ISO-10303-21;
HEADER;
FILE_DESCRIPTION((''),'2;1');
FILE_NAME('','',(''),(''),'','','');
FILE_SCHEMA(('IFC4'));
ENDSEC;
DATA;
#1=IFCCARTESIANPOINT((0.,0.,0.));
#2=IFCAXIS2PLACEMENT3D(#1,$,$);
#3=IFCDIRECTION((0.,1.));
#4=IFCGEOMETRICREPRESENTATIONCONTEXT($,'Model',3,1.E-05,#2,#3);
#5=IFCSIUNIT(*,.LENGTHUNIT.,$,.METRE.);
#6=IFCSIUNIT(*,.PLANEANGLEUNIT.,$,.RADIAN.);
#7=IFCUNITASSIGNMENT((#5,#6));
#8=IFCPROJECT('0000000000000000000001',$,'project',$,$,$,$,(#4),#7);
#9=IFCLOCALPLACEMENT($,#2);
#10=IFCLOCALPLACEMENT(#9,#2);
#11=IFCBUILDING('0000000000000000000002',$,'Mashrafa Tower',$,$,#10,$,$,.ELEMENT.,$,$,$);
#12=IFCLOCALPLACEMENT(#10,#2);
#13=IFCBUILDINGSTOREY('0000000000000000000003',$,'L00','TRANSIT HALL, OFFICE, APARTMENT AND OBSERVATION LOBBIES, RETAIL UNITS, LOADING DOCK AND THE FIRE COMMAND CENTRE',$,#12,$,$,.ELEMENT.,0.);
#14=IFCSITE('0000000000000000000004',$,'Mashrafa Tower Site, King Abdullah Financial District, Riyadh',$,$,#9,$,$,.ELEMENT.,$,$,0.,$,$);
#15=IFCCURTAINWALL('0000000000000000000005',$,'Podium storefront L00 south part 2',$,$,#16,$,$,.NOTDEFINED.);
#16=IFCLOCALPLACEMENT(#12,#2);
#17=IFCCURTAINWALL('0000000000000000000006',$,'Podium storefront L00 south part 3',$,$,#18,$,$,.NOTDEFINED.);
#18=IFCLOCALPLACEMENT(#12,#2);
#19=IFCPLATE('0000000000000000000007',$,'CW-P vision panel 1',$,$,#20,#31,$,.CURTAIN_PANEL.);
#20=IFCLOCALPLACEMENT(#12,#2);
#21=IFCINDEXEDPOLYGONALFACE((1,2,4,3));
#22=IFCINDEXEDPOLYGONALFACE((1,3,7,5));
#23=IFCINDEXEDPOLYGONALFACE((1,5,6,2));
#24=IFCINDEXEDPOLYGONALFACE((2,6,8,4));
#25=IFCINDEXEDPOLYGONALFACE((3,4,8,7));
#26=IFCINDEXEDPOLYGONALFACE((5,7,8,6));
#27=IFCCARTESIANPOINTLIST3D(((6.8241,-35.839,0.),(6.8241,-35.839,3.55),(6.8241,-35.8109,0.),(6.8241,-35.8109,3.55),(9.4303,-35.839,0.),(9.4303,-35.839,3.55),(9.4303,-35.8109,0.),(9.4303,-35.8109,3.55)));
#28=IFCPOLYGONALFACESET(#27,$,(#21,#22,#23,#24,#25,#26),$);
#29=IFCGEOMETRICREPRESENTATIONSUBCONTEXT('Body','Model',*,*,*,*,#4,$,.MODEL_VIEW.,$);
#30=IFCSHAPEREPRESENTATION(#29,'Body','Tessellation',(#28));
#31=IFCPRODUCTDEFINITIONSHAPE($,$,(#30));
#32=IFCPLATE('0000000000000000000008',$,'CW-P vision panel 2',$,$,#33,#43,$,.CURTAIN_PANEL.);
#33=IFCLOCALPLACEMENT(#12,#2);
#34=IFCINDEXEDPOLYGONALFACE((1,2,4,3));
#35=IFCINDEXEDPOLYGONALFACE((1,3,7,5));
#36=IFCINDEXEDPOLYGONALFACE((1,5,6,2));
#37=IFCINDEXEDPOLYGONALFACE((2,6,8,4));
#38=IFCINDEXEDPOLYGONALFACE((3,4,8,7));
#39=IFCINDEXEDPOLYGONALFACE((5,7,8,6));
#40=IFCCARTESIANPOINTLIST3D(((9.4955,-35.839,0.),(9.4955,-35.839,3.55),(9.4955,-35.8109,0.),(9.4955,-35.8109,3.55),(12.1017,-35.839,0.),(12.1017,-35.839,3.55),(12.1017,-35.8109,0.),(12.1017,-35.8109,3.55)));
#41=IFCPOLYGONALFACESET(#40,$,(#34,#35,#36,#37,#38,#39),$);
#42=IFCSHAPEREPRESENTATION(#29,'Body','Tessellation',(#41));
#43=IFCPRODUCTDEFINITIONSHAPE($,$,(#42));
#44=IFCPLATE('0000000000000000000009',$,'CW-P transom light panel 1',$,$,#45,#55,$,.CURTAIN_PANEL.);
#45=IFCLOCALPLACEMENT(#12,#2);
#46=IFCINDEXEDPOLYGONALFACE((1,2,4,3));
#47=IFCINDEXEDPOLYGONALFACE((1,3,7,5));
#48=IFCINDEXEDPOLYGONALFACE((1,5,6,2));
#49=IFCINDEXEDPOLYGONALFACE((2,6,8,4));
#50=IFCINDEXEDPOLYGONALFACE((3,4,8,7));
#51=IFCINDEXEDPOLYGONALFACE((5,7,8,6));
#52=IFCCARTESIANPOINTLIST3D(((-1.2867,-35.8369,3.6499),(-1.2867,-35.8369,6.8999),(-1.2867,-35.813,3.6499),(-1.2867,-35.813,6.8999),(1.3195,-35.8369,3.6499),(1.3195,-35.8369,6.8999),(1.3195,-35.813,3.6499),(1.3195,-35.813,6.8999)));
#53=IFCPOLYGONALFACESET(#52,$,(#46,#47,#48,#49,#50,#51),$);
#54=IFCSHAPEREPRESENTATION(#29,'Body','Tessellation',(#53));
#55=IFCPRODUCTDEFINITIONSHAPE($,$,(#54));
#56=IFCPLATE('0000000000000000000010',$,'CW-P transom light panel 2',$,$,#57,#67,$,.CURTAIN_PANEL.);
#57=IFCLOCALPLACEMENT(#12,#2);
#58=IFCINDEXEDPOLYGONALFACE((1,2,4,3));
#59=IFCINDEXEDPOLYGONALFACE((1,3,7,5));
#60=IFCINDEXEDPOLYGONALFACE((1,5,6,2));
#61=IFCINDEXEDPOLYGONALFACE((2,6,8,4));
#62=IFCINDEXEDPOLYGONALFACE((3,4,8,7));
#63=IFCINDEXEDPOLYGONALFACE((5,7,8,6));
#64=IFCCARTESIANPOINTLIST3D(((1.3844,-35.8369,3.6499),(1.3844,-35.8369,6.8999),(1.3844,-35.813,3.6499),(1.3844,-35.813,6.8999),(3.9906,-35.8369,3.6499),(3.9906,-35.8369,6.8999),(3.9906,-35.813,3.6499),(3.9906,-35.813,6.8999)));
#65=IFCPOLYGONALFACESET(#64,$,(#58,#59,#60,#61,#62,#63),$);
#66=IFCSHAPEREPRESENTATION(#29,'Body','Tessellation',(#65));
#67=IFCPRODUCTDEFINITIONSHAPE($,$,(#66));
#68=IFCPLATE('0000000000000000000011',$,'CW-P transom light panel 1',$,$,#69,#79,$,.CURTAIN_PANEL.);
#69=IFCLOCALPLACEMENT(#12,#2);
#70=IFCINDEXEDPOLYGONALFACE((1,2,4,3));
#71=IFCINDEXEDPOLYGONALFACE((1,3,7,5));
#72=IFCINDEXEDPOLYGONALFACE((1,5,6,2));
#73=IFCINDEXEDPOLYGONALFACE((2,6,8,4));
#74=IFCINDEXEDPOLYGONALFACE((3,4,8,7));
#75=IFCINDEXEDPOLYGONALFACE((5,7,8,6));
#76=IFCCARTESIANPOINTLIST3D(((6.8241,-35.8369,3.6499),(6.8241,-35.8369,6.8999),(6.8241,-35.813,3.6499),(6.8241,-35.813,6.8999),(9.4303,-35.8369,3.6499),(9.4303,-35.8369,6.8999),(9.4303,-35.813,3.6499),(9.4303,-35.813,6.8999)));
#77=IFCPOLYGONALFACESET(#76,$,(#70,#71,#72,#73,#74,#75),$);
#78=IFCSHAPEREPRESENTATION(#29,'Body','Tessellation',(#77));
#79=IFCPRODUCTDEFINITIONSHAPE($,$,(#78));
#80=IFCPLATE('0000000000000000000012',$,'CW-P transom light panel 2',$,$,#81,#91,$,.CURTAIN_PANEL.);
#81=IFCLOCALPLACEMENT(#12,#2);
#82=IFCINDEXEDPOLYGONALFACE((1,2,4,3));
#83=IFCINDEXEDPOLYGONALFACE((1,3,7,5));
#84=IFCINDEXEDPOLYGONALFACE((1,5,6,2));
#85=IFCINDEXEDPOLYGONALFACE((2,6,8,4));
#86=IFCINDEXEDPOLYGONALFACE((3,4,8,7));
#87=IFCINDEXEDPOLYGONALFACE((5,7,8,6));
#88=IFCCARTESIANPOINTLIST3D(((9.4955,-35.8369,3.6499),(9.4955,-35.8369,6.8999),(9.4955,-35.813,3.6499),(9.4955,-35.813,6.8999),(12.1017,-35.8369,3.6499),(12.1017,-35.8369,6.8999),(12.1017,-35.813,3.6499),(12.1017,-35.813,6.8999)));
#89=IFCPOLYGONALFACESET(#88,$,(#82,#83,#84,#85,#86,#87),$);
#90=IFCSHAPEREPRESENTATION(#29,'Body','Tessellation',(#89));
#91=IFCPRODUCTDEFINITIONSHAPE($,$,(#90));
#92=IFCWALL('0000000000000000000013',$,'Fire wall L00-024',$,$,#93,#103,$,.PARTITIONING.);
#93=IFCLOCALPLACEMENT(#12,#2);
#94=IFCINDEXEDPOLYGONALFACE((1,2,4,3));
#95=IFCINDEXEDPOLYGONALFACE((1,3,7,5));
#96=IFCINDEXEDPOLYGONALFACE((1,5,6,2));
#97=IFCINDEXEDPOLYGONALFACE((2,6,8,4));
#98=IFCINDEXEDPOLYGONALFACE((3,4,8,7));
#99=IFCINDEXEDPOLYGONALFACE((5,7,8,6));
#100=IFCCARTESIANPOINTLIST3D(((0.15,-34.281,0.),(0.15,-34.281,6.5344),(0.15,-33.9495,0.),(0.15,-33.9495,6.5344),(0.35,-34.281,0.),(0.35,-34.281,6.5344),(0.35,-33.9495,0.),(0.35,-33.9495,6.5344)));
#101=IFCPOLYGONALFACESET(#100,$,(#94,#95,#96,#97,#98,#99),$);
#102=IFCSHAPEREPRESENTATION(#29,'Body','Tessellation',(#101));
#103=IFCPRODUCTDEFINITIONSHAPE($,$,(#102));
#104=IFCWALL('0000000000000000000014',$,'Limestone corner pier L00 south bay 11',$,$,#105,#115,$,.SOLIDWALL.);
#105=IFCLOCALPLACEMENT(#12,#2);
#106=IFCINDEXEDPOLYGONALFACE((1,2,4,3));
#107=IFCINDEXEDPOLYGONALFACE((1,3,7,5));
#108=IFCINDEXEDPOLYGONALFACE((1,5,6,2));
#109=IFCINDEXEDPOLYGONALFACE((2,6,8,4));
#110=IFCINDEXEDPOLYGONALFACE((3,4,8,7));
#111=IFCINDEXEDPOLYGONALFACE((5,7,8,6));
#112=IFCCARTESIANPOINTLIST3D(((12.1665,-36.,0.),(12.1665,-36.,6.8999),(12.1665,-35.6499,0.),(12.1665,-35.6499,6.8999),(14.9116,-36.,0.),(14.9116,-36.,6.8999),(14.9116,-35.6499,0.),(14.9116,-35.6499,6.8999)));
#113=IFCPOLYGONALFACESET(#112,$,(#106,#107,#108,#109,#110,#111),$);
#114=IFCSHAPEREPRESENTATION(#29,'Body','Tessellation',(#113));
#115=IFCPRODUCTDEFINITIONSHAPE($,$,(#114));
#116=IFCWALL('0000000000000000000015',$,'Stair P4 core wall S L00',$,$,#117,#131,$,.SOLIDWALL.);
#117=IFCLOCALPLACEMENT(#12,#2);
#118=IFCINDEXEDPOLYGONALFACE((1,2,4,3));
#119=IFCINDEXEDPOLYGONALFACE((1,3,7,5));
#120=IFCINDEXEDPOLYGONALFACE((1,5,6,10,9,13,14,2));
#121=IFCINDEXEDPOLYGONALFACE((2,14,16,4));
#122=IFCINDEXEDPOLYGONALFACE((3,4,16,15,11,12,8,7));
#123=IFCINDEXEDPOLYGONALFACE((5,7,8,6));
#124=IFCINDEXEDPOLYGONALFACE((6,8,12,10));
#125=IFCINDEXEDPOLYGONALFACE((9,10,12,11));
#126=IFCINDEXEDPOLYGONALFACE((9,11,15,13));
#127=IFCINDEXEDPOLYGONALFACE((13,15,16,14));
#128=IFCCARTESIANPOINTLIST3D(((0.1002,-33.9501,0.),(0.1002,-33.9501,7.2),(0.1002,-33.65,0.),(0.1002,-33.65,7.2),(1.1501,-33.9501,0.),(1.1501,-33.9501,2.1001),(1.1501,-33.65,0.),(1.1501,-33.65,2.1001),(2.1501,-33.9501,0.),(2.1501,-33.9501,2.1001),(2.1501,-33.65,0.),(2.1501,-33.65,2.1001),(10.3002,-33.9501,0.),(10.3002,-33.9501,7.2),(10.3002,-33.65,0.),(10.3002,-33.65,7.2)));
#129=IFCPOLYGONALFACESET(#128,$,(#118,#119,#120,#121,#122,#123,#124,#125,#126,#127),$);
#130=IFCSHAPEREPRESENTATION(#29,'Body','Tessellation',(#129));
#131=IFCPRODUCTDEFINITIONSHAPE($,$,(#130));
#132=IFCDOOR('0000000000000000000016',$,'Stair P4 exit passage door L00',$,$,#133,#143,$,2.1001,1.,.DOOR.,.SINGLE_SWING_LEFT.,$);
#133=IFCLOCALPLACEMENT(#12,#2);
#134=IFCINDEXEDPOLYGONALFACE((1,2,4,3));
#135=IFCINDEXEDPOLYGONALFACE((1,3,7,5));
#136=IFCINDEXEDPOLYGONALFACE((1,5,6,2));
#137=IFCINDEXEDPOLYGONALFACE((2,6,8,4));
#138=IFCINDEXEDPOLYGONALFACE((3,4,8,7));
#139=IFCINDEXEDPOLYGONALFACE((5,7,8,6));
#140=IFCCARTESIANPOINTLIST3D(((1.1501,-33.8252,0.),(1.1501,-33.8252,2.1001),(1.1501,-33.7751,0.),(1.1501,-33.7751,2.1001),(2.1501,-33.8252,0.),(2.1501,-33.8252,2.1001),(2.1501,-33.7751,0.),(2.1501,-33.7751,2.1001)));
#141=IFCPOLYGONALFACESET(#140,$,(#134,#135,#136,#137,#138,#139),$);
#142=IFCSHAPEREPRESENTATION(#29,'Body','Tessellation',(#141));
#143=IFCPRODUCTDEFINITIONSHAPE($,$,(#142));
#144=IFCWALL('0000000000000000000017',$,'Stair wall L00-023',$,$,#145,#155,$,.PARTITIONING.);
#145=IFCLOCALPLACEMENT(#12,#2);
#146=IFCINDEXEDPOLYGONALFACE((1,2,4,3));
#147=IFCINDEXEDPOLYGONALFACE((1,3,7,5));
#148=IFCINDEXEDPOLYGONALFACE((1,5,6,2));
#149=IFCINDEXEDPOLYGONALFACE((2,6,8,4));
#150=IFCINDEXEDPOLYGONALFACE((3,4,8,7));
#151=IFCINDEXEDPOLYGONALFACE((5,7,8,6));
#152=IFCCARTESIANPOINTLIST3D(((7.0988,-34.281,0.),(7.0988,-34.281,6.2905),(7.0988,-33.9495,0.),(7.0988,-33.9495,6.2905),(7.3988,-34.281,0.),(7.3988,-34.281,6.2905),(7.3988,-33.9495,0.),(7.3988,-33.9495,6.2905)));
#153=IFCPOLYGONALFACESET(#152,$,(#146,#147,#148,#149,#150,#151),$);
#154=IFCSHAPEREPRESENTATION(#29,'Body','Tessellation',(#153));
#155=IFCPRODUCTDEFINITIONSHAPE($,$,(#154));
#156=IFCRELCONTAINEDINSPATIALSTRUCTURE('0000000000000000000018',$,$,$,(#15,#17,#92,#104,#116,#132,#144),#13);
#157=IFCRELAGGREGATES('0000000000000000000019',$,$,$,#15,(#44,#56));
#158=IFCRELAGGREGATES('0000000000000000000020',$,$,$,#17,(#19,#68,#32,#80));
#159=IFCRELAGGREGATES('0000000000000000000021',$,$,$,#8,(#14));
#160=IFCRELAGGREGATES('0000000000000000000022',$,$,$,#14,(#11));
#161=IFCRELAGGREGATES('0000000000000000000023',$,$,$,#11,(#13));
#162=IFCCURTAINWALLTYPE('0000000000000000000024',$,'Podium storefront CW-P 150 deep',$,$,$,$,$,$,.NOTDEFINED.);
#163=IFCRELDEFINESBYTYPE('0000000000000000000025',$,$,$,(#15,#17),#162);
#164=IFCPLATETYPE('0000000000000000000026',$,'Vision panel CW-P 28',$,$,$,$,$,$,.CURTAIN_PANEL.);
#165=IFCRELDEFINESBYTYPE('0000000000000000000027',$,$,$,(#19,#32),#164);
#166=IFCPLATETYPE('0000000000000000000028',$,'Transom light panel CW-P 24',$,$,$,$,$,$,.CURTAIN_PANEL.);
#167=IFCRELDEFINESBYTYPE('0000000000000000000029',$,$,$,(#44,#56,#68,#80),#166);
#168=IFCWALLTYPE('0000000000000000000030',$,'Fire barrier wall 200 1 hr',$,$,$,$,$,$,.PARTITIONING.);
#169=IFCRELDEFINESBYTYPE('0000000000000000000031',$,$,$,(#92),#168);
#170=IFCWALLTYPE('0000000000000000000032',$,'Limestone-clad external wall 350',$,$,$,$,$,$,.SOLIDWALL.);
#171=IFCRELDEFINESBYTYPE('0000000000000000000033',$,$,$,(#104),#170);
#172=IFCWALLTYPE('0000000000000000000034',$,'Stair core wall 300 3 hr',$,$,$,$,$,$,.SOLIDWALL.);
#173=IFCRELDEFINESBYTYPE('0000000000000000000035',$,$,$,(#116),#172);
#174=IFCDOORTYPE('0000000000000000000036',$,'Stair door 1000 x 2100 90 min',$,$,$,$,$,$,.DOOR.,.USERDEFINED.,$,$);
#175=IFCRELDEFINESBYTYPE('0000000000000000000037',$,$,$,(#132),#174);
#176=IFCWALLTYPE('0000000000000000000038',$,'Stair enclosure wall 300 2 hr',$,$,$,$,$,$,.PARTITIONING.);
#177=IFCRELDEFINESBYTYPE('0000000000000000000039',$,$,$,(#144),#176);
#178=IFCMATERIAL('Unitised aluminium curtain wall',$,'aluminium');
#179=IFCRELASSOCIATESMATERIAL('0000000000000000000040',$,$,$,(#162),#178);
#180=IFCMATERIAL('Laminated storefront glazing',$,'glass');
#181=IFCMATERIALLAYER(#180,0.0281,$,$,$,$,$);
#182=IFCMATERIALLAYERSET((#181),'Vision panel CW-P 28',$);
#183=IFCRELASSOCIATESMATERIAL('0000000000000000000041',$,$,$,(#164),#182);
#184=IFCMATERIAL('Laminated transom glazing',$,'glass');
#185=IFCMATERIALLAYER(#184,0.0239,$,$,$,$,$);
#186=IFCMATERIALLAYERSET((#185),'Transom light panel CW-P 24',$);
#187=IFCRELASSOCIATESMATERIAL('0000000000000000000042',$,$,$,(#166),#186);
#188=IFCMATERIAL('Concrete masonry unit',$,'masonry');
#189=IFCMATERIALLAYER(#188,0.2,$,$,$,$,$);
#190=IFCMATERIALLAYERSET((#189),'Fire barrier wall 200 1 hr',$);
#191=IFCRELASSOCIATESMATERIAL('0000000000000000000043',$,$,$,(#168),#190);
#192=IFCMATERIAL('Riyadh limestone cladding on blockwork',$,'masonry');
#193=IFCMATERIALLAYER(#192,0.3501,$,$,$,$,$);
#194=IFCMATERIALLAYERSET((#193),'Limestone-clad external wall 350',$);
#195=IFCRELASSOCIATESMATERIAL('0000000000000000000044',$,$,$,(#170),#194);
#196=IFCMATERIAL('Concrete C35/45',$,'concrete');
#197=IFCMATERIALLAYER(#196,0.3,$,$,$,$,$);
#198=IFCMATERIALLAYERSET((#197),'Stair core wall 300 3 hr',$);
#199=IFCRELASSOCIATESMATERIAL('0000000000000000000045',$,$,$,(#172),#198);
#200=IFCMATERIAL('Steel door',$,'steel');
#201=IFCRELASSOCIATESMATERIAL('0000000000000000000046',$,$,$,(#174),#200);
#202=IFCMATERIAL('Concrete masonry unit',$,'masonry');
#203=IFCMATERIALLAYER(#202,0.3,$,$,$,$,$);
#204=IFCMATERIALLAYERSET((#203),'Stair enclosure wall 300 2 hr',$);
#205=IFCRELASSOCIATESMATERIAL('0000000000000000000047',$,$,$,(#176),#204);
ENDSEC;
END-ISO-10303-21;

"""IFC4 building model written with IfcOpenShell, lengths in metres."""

from ifc_helpers import new_model, si_unit, direction, frame, frame_2d, origin, origin_2d, place, context, subcontext, project, spatial, rectangle, extrude, source, transform, mapped, material, layer, layer_set, type_object, type_shapes, element, fill, aggregate, save


model = new_model("IFC4")

# Units and contexts
model_context = context("Model", 3, precision=1e-05, world=origin(), true_north=direction((0.0, 1.0)))
body_context = subcontext(model_context, "Body", "Model", "MODEL_VIEW")
ifc_project = project(units=[si_unit("LENGTHUNIT", "METRE"), si_unit("PLANEANGLEUNIT", "RADIAN")], contexts=[model_context])

# Site, building, storey
site_placement = place(None, origin())
site = spatial("IfcSite", under=ifc_project, at=site_placement, Name="Mashrafa Tower Site, King Abdullah Financial District, Riyadh", CompositionType="ELEMENT", RefElevation=0.0)
building_placement = place(site_placement, origin())
building = spatial("IfcBuilding", under=site, at=building_placement, Name="Mashrafa Tower", CompositionType="ELEMENT")
storey_placement = place(building_placement, origin())
storey = spatial("IfcBuildingStorey", under=building, at=storey_placement, Name="L00", Description="TRANSIT HALL, OFFICE, APARTMENT AND OBSERVATION LOBBIES, RETAIL UNITS, LOADING DOCK AND THE FIRE COMMAND CENTRE", CompositionType="ELEMENT", Elevation=0.0)

# Curtain walls
ifc_material_1 = material(Name="Unitised aluminium curtain wall", Category="aluminium")
curtain_wall_type = type_object("IfcCurtainWallType", Name="Podium storefront CW-P 150 deep", PredefinedType="NOTDEFINED", material=ifc_material_1)
curtain_wall_1_placement = place(storey_placement, origin())
curtain_wall_1 = element("IfcCurtainWall", 1, at=curtain_wall_1_placement, inside=storey, type_object=curtain_wall_type, Name="Podium storefront L00 south part 2", PredefinedType="NOTDEFINED")
curtain_wall_2_placement = place(storey_placement, origin())
curtain_wall_2 = element("IfcCurtainWall", 2, at=curtain_wall_2_placement, inside=storey, type_object=curtain_wall_type, Name="Podium storefront L00 south part 3", PredefinedType="NOTDEFINED")

# Plates
ifc_material_2 = material(Name="Laminated storefront glazing", Category="glass")
ifc_layer_1 = layer(ifc_material_2, 0.0281)
ifc_layer_set_1 = layer_set([ifc_layer_1], Name="Vision panel CW-P 28")
plate_type_1 = type_object("IfcPlateType", Name="Vision panel CW-P 28", PredefinedType="CURTAIN_PANEL", material=ifc_layer_set_1)
shared_shape_1 = source(origin(), body_context, "Body", "SweptSolid", [
    extrude(rectangle(XDim=2.6062, YDim=0.0281, at=origin_2d()), origin(), (0.0, 0.0, 1.0), 3.55),
])
type_shapes(plate_type_1, [shared_shape_1])
plate_1_placement = place(storey_placement, frame((8.1272, -35.825, 0.0), z_axis=(0.0, 0.0, 1.0), x_axis=(1.0, 0.0, 0.0)))
plate_1 = element("IfcPlate", 3, at=plate_1_placement, type_object=plate_type_1, Name="CW-P vision panel 1", PredefinedType="CURTAIN_PANEL", context=body_context, shape_type="MappedRepresentation", body=[
    mapped(shared_shape_1, transform((0.0, 0.0, 0.0))),
])
plate_2_placement = place(storey_placement, frame((10.7986, -35.825, 0.0), z_axis=(0.0, 0.0, 1.0), x_axis=(1.0, 0.0, 0.0)))
plate_2 = element("IfcPlate", 4, at=plate_2_placement, type_object=plate_type_1, Name="CW-P vision panel 2", PredefinedType="CURTAIN_PANEL", context=body_context, shape_type="MappedRepresentation", body=[
    mapped(shared_shape_1, transform((0.0, 0.0, 0.0))),
])
ifc_material_3 = material(Name="Laminated transom glazing", Category="glass")
ifc_layer_2 = layer(ifc_material_3, 0.0239)
ifc_layer_set_2 = layer_set([ifc_layer_2], Name="Transom light panel CW-P 24")
plate_type_2 = type_object("IfcPlateType", Name="Transom light panel CW-P 24", PredefinedType="CURTAIN_PANEL", material=ifc_layer_set_2)
shared_shape_2 = source(origin(), body_context, "Body", "SweptSolid", [
    extrude(rectangle(XDim=2.6062, YDim=0.0239, at=origin_2d()), origin(), (0.0, 0.0, 1.0), 3.25),
])
type_shapes(plate_type_2, [shared_shape_2])
plate_3_placement = place(storey_placement, frame((0.0164, -35.825, 3.6499), z_axis=(0.0, 0.0, 1.0), x_axis=(1.0, 0.0, 0.0)))
plate_3 = element("IfcPlate", 5, at=plate_3_placement, type_object=plate_type_2, Name="CW-P transom light panel 1", PredefinedType="CURTAIN_PANEL", context=body_context, shape_type="MappedRepresentation", body=[
    mapped(shared_shape_2, transform((0.0, 0.0, 0.0))),
])
plate_4_placement = place(storey_placement, frame((2.6875, -35.825, 3.6499), z_axis=(0.0, 0.0, 1.0), x_axis=(1.0, 0.0, 0.0)))
plate_4 = element("IfcPlate", 6, at=plate_4_placement, type_object=plate_type_2, Name="CW-P transom light panel 2", PredefinedType="CURTAIN_PANEL", context=body_context, shape_type="MappedRepresentation", body=[
    mapped(shared_shape_2, transform((0.0, 0.0, 0.0))),
])
aggregate(curtain_wall_1, [plate_3, plate_4])
plate_5_placement = place(storey_placement, frame((8.1272, -35.825, 3.6499), z_axis=(0.0, 0.0, 1.0), x_axis=(1.0, 0.0, 0.0)))
plate_5 = element("IfcPlate", 7, at=plate_5_placement, type_object=plate_type_2, Name="CW-P transom light panel 1", PredefinedType="CURTAIN_PANEL", context=body_context, shape_type="MappedRepresentation", body=[
    mapped(shared_shape_2, transform((0.0, 0.0, 0.0))),
])
plate_6_placement = place(storey_placement, frame((10.7986, -35.825, 3.6499), z_axis=(0.0, 0.0, 1.0), x_axis=(1.0, 0.0, 0.0)))
plate_6 = element("IfcPlate", 8, at=plate_6_placement, type_object=plate_type_2, Name="CW-P transom light panel 2", PredefinedType="CURTAIN_PANEL", context=body_context, shape_type="MappedRepresentation", body=[
    mapped(shared_shape_2, transform((0.0, 0.0, 0.0))),
])
aggregate(curtain_wall_2, [plate_1, plate_5, plate_2, plate_6])

# Wall
ifc_material_4 = material(Name="Concrete masonry unit", Category="masonry")
ifc_layer_3 = layer(ifc_material_4, 0.2)
ifc_layer_set_3 = layer_set([ifc_layer_3], Name="Fire barrier wall 200 1 hr")
wall_type_1 = type_object("IfcWallType", Name="Fire barrier wall 200 1 hr", PredefinedType="PARTITIONING", material=ifc_layer_set_3)
wall_1_placement = place(storey_placement, frame((0.25, -33.9495, 0.0), z_axis=(0.0, 0.0, 1.0), x_axis=(0.0, -1.0, 0.0)))
element("IfcWall", 9, at=wall_1_placement, inside=storey, type_object=wall_type_1, Name="Fire wall L00-024", PredefinedType="PARTITIONING", context=body_context, shape_type="SweptSolid", body=[
    extrude(rectangle(XDim=0.3315, YDim=0.2, at=frame_2d((0.1658, 0.0))), origin(), (0.0, 0.0, 1.0), 6.5344),
])

# Shared definitions
ifc_material_5 = material(Name="Riyadh limestone cladding on blockwork", Category="masonry")
ifc_layer_4 = layer(ifc_material_5, 0.3501)
ifc_layer_set_4 = layer_set([ifc_layer_4], Name="Limestone-clad external wall 350")
wall_type_2 = type_object("IfcWallType", Name="Limestone-clad external wall 350", PredefinedType="SOLIDWALL", material=ifc_layer_set_4)

# Wall
wall_2_placement = place(storey_placement, frame((12.1665, -35.825, 0.0), z_axis=(0.0, 0.0, 1.0), x_axis=(1.0, 0.0, 0.0)))
element("IfcWall", 10, at=wall_2_placement, inside=storey, type_object=wall_type_2, Name="Limestone corner pier L00 south bay 11", PredefinedType="SOLIDWALL", context=body_context, shape_type="SweptSolid", body=[
    extrude(rectangle(XDim=2.7451, YDim=0.3501, at=frame_2d((1.3726, 0.0))), origin(), (0.0, 0.0, 1.0), 6.8999),
])

# Wall, opening, door
ifc_material_6 = material(Name="Concrete C35/45", Category="concrete")
ifc_layer_5 = layer(ifc_material_6, 0.3)
ifc_layer_set_5 = layer_set([ifc_layer_5], Name="Stair core wall 300 3 hr")
wall_type_3 = type_object("IfcWallType", Name="Stair core wall 300 3 hr", PredefinedType="SOLIDWALL", material=ifc_layer_set_5)
wall_3_placement = place(storey_placement, frame((0.1001, -33.8, 0.0), z_axis=(0.0, 0.0, 1.0), x_axis=(1.0, 0.0, 0.0)))
wall_3 = element("IfcWall", 11, at=wall_3_placement, inside=storey, type_object=wall_type_3, Name="Stair P4 core wall S L00", PredefinedType="SOLIDWALL", context=body_context, shape_type="SweptSolid", body=[
    extrude(rectangle(XDim=10.2, YDim=0.3, at=frame_2d((5.1001, 0.0))), origin(), (0.0, 0.0, 1.0), 7.2),
])
opening_1_placement = place(wall_3_placement, frame((1.05, 0.0, 0.0)))
opening_1 = element("IfcOpeningElement", 12, at=opening_1_placement, cuts=wall_3, PredefinedType="OPENING", context=body_context, shape_type="SweptSolid", body=[
    extrude(rectangle(XDim=1.0, YDim=2.1001, at=frame_2d((0.5, 1.05))), frame((0.0, 0.1599, 0.0), z_axis=(0.0, -1.0, 0.0), x_axis=(1.0, 0.0, 0.0)), (0.0, 0.0, 1.0), 0.3201),
])
ifc_material_7 = material(Name="Steel door", Category="steel")
door_type_1 = type_object("IfcDoorType", Name="Stair door 1000 x 2100 90 min", OperationType="USERDEFINED", PredefinedType="DOOR", material=ifc_material_7)
door_1_placement = place(opening_1_placement, origin())
door_1 = element("IfcDoor", 13, at=door_1_placement, inside=storey, type_object=door_type_1, Name="Stair P4 exit passage door L00", OperationType="SINGLE_SWING_LEFT", OverallHeight=2.1001, OverallWidth=1.0, PredefinedType="DOOR", context=body_context, shape_type="SweptSolid", body=[
    extrude(rectangle(XDim=1.0, YDim=2.1001, at=frame_2d((0.5, 1.05))), frame((0.0, 0.0249, 0.0), z_axis=(0.0, -1.0, 0.0), x_axis=(1.0, 0.0, 0.0)), (0.0, 0.0, 1.0), 0.05),
])
fill(opening_1, door_1)

# Wall
ifc_material_8 = material(Name="Concrete masonry unit", Category="masonry")
ifc_layer_6 = layer(ifc_material_8, 0.3)
ifc_layer_set_6 = layer_set([ifc_layer_6], Name="Stair enclosure wall 300 2 hr")
wall_type_4 = type_object("IfcWallType", Name="Stair enclosure wall 300 2 hr", PredefinedType="PARTITIONING", material=ifc_layer_set_6)
wall_4_placement = place(storey_placement, frame((7.2488, -34.281, 0.0), z_axis=(0.0, 0.0, 1.0), x_axis=(0.0, 1.0, 0.0)))
element("IfcWall", 14, at=wall_4_placement, inside=storey, type_object=wall_type_4, Name="Stair wall L00-023", PredefinedType="PARTITIONING", context=body_context, shape_type="SweptSolid", body=[
    extrude(rectangle(XDim=0.3315, YDim=0.3, at=frame_2d((0.1658, 0.0))), origin(), (0.0, 0.0, 1.0), 6.2905),
])

save(model, "model.ifc")
